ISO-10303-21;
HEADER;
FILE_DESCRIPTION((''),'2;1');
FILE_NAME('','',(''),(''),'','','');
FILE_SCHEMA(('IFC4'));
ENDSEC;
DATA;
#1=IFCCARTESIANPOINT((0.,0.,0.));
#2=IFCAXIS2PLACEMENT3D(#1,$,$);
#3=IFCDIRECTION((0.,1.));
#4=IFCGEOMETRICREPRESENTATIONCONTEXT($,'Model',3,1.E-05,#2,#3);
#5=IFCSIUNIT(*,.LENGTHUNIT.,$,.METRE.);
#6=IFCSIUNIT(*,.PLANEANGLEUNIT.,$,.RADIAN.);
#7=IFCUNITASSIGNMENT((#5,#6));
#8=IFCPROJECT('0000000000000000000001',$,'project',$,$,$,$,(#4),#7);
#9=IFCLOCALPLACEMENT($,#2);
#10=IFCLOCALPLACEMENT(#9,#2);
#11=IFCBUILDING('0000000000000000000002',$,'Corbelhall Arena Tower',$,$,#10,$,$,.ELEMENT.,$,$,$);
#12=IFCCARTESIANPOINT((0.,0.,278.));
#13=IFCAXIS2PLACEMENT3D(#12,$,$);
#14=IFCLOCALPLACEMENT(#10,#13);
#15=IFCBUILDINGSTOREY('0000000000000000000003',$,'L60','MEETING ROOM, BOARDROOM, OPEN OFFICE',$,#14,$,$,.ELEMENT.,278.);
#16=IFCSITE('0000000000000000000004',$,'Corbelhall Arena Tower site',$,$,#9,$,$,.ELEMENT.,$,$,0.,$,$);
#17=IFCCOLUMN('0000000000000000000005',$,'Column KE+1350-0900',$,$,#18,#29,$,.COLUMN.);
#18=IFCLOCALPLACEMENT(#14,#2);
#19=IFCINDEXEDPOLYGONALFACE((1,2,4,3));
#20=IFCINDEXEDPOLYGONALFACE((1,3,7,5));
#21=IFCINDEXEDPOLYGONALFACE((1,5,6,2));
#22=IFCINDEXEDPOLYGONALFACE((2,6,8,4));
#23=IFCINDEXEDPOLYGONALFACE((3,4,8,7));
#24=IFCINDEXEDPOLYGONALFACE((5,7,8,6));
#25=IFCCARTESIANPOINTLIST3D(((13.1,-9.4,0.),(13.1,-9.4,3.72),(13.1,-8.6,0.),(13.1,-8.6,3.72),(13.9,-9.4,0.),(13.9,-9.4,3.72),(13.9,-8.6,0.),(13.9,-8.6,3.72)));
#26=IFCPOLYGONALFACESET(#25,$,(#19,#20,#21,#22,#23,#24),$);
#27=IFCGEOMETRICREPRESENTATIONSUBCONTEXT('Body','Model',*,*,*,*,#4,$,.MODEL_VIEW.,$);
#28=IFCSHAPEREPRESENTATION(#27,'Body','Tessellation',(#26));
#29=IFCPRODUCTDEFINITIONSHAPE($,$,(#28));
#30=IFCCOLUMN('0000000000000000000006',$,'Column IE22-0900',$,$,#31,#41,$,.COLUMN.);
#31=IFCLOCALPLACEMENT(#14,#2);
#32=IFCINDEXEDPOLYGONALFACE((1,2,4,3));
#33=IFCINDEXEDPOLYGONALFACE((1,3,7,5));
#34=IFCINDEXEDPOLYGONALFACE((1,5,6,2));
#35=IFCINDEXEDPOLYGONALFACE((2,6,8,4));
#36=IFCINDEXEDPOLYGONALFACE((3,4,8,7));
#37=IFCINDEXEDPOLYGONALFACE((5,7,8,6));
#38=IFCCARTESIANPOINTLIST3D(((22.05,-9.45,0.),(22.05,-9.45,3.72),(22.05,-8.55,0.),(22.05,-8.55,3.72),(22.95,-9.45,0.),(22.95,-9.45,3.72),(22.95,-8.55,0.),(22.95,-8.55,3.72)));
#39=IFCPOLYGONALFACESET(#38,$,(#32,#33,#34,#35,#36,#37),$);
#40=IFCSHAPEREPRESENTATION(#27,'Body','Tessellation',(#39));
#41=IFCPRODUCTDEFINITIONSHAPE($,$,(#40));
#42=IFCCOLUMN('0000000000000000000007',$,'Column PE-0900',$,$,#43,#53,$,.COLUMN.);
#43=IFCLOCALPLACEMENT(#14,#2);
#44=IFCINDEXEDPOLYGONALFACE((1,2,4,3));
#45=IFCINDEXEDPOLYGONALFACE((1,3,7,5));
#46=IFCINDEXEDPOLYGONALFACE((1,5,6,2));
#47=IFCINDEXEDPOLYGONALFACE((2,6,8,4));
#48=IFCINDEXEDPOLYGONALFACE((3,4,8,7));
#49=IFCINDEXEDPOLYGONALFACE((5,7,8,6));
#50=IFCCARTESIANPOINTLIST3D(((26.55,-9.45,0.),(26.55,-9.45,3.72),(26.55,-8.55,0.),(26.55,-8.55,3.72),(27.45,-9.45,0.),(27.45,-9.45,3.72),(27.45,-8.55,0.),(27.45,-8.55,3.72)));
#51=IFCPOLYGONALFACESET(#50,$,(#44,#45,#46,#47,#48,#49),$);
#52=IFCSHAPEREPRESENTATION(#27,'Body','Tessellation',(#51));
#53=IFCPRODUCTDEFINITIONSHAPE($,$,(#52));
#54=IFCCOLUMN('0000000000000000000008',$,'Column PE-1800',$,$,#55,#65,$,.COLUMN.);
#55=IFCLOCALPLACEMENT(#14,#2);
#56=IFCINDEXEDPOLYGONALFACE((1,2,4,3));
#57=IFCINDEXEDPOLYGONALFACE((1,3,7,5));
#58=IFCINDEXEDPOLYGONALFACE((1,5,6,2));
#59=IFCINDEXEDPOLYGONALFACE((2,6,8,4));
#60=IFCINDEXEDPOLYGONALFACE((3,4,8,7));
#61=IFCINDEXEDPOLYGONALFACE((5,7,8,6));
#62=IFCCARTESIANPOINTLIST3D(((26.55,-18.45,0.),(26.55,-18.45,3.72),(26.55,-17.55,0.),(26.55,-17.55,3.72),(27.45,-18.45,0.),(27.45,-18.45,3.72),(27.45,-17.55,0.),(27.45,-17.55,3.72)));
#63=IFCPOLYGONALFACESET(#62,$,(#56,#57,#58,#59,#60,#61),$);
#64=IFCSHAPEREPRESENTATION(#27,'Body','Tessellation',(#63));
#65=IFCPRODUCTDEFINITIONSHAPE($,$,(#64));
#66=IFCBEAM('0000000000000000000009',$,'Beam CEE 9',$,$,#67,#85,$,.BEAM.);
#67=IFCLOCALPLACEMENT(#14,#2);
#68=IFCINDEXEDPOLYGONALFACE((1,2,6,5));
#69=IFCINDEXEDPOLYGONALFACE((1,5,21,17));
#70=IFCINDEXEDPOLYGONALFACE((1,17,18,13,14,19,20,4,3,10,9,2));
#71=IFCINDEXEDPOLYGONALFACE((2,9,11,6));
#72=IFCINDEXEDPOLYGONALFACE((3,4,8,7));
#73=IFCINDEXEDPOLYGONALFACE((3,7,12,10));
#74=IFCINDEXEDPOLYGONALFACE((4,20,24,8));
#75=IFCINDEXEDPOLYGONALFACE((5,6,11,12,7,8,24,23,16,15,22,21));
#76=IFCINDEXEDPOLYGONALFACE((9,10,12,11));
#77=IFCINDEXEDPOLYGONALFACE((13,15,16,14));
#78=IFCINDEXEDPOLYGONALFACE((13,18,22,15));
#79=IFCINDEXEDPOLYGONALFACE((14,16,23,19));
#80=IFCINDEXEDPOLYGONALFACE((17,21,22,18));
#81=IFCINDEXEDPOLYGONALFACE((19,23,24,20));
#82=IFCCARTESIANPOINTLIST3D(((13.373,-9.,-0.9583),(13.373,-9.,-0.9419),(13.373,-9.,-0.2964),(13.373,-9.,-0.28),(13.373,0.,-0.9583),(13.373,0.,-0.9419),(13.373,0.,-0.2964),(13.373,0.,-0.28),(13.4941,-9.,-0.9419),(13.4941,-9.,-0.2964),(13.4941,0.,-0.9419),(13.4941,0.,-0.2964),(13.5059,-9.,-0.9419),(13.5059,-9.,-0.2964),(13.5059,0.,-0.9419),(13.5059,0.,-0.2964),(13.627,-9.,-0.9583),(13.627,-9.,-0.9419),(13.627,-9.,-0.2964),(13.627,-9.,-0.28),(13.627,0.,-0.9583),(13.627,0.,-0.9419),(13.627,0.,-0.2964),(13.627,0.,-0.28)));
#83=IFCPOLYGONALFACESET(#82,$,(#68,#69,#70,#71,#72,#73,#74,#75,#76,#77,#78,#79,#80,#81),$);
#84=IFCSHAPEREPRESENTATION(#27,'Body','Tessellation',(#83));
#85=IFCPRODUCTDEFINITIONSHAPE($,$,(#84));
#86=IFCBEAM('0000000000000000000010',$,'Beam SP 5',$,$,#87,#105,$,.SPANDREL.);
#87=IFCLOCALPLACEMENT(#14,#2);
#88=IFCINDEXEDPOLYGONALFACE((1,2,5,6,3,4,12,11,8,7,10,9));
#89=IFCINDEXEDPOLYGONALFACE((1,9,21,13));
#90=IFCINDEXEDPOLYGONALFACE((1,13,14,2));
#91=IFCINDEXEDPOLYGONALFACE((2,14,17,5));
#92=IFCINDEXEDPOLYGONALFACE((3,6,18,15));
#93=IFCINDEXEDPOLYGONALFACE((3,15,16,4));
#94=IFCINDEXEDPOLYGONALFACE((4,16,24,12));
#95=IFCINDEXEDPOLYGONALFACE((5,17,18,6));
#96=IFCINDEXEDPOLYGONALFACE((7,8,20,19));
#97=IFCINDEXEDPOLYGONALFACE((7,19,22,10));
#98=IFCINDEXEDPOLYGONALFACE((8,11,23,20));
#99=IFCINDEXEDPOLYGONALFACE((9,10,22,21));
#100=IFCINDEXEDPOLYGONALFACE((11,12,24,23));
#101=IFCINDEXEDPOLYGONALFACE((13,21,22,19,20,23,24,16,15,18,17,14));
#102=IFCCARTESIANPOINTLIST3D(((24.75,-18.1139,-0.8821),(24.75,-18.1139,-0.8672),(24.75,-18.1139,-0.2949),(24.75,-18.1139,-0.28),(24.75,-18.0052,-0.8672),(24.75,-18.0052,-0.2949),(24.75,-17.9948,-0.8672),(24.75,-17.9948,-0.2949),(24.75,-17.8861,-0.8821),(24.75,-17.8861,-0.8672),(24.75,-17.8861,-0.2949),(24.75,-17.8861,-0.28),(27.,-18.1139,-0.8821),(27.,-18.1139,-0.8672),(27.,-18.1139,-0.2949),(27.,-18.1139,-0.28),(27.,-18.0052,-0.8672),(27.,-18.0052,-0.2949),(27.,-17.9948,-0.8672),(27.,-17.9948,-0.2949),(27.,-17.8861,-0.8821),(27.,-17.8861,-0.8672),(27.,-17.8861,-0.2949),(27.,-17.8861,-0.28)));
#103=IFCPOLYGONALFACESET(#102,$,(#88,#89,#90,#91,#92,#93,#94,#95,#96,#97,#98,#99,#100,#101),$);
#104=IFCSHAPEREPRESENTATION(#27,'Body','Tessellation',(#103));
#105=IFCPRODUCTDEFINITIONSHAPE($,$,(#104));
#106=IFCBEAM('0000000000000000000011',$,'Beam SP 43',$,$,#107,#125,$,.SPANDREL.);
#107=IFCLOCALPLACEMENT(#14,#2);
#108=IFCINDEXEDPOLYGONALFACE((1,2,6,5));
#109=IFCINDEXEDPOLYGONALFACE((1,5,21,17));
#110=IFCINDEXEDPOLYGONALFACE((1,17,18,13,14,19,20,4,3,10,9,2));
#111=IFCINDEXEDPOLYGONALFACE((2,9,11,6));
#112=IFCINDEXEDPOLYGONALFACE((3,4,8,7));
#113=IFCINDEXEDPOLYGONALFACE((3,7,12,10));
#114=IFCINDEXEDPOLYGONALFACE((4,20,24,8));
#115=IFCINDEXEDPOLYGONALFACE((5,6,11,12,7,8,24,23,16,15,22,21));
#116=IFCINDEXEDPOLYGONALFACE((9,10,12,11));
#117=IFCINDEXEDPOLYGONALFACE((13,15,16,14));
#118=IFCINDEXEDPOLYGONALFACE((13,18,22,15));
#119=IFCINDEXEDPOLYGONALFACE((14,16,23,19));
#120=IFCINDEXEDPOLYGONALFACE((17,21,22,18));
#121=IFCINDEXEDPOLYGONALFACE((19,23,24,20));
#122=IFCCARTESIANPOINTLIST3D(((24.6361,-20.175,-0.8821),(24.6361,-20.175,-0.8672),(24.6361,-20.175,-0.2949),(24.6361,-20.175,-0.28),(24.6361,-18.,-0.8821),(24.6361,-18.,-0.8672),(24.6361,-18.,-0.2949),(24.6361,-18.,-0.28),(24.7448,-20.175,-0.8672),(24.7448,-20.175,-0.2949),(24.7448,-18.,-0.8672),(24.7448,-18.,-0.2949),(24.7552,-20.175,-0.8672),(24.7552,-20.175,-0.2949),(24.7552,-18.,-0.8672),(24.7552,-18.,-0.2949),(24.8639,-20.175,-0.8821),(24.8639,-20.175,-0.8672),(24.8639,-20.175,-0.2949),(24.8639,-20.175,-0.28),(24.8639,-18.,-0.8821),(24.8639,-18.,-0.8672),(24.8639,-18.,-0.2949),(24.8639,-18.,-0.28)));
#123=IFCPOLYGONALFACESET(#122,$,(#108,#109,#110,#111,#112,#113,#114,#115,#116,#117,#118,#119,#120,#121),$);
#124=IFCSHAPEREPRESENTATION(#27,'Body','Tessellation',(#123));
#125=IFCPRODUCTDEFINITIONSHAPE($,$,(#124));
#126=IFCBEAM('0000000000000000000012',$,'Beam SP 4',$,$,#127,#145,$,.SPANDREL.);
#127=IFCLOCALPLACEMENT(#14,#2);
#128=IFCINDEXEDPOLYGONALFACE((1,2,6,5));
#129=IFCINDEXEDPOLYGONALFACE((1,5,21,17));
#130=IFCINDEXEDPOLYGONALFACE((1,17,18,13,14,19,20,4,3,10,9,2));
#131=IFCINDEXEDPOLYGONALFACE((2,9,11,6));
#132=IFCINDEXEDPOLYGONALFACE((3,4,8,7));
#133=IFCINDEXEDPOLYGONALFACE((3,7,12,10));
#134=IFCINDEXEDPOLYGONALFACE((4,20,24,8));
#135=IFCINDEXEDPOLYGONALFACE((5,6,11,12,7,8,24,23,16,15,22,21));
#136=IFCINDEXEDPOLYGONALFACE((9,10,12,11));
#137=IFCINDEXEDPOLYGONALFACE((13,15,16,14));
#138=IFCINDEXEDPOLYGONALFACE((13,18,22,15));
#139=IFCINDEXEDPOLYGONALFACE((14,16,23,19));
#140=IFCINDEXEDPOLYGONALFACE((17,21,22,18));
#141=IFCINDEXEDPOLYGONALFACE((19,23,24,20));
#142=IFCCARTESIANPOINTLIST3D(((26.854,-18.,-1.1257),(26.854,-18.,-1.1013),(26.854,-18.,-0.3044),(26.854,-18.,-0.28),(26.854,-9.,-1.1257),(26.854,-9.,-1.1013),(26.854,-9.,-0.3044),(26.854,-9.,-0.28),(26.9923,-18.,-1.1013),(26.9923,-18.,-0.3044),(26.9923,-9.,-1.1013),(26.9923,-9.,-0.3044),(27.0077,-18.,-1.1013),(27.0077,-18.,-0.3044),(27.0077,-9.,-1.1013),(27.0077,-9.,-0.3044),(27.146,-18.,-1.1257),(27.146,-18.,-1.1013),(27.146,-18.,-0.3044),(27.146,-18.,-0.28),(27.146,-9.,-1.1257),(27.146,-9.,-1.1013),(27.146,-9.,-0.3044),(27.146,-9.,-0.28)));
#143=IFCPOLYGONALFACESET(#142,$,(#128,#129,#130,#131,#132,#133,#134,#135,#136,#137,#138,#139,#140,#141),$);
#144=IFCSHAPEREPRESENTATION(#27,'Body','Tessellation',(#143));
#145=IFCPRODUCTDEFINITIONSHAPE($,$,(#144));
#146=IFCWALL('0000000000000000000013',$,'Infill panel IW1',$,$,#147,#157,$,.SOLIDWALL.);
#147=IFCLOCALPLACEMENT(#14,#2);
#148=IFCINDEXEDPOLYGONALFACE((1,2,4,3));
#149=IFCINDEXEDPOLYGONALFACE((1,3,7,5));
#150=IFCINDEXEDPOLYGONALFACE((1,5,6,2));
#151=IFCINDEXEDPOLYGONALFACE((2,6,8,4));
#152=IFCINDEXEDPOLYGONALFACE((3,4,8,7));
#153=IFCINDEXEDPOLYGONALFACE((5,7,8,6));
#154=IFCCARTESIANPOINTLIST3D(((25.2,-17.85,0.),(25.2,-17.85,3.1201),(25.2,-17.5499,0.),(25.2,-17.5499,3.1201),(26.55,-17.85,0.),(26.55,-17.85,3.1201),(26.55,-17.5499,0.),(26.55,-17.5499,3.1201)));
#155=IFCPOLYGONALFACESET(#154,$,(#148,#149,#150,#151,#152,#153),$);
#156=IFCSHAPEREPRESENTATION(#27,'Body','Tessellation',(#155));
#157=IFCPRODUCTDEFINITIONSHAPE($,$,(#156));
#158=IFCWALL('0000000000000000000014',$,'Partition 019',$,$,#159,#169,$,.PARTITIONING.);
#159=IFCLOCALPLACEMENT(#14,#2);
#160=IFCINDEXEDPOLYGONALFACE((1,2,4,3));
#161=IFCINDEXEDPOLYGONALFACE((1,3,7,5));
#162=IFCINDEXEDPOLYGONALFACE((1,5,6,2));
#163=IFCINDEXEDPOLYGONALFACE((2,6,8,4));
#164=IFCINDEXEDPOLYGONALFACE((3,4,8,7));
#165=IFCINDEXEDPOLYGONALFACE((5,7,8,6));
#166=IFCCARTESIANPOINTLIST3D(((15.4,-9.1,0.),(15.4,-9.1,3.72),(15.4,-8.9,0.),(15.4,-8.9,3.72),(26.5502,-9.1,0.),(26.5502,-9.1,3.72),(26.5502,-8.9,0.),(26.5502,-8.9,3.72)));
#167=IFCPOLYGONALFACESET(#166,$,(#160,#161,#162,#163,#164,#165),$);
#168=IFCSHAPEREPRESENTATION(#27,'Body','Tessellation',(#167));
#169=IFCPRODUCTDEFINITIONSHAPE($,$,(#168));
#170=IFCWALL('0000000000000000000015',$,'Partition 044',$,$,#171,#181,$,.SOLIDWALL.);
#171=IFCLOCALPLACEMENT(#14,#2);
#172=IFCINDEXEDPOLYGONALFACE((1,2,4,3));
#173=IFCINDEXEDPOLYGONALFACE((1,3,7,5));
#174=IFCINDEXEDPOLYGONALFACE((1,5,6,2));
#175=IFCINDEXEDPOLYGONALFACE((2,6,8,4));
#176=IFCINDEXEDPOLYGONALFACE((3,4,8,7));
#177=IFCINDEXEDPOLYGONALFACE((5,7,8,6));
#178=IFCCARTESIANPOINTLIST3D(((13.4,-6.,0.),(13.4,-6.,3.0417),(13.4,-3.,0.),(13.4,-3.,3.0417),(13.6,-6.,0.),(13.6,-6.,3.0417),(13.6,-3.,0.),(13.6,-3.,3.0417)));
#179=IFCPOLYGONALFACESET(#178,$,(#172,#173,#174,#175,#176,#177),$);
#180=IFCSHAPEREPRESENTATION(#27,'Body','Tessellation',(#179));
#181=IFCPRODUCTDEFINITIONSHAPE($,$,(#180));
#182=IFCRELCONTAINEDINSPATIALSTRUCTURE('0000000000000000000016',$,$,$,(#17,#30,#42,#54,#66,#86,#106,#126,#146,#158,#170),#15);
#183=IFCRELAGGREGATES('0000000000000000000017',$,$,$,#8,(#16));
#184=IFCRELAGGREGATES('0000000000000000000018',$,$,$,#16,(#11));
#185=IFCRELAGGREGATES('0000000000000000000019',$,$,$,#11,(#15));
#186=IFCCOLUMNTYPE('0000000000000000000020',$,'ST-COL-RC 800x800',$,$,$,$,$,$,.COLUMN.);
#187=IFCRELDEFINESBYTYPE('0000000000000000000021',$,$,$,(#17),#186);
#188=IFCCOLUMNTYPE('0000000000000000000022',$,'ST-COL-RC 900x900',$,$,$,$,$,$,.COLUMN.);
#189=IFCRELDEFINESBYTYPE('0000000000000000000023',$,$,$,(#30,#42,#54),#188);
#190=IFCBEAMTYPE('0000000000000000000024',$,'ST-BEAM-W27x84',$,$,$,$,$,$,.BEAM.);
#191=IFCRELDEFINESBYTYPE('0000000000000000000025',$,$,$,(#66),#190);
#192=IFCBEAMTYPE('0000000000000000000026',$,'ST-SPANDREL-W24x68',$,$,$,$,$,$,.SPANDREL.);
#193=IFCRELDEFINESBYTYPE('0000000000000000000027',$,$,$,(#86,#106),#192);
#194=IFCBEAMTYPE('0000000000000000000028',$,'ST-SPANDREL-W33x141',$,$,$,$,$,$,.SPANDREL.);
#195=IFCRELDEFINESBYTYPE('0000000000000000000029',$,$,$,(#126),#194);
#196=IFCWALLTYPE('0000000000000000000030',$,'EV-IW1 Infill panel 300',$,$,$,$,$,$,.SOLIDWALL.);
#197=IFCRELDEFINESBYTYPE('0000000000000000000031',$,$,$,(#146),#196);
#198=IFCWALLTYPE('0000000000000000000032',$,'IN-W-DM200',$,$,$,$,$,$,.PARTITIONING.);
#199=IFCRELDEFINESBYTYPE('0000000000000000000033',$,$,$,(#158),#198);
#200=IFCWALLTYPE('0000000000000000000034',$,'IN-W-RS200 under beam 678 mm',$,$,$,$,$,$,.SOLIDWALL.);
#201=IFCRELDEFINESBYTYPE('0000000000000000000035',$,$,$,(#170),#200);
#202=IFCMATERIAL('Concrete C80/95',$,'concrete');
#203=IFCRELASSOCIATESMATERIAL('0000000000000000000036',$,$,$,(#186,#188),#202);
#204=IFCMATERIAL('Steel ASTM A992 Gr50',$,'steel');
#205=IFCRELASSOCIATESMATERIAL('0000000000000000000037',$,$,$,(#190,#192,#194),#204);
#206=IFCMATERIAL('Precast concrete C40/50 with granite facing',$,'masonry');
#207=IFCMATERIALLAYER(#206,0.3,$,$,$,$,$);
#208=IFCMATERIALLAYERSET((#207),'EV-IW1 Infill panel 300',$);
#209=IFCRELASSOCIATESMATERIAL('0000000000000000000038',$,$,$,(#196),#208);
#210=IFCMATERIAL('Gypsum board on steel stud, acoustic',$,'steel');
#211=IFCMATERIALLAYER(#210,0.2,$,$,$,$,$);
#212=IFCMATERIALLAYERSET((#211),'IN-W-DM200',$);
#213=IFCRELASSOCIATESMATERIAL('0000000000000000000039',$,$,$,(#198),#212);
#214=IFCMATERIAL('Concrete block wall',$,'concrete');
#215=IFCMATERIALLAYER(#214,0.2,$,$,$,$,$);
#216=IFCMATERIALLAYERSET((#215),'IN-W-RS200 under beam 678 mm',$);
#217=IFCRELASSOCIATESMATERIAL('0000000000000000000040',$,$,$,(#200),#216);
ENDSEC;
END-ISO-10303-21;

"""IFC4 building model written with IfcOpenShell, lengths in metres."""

from ifc_helpers import new_model, si_unit, direction, frame, frame_2d, origin, origin_2d, place, context, subcontext, project, spatial, rectangle, i_section, extrude, material, layer, layer_set, material_profile, profile_set, type_object, element, save


model = new_model("IFC4")

# Units and contexts
model_context = context("Model", 3, precision=1e-05, world=origin(), true_north=direction((0.0, 1.0)))
body_context = subcontext(model_context, "Body", "Model", "MODEL_VIEW")
ifc_project = project(units=[si_unit("LENGTHUNIT", "METRE"), si_unit("PLANEANGLEUNIT", "RADIAN")], contexts=[model_context])

# Site, building, storey
site_placement = place(None, origin())
site = spatial("IfcSite", under=ifc_project, at=site_placement, Name="Corbelhall Arena Tower site", CompositionType="ELEMENT", RefElevation=0.0)
building_placement = place(site_placement, origin())
building = spatial("IfcBuilding", under=site, at=building_placement, Name="Corbelhall Arena Tower", CompositionType="ELEMENT")
storey_placement = place(building_placement, frame((0.0, 0.0, 278.0)))
storey = spatial("IfcBuildingStorey", under=building, at=storey_placement, Name="L60", Description="MEETING ROOM, BOARDROOM, OPEN OFFICE", CompositionType="ELEMENT", Elevation=278.0)

# Columns
ifc_material_1 = material(Name="Concrete C80/95", Category="concrete")
ifc_material_profile_1 = material_profile(ifc_material_1, rectangle(XDim=0.8, YDim=0.8, at=origin_2d()))
ifc_profile_set_1 = profile_set([ifc_material_profile_1], Name="Concrete C80/95")
column_type_1 = type_object("IfcColumnType", Name="ST-COL-RC 800x800", PredefinedType="COLUMN", material=ifc_profile_set_1)
column_placement = place(storey_placement, frame((13.5, -9.0, 0.0), z_axis=(0.0, 0.0, 1.0), x_axis=(1.0, 0.0, 0.0)))
element("IfcColumn", 1, at=column_placement, inside=storey, type_object=column_type_1, Name="Column KE+1350-0900", PredefinedType="COLUMN", context=body_context, shape_type="SweptSolid", body=[
    extrude(rectangle(XDim=0.8, YDim=0.8, at=origin_2d()), origin(), (0.0, 0.0, 1.0), 3.72),
])
ifc_material_profile_2 = material_profile(ifc_material_1, rectangle(XDim=0.8999, YDim=0.8999, at=origin_2d()))
ifc_profile_set_2 = profile_set([ifc_material_profile_2], Name="Concrete C80/95")
column_type_2 = type_object("IfcColumnType", Name="ST-COL-RC 900x900", PredefinedType="COLUMN", material=ifc_profile_set_2)
for number, where, z_axis, x_axis, name in (
    (2, (22.5, -9.0, 0.0), (0.0, 0.0, 1.0), (1.0, 0.0, 0.0), "Column IE22-0900"),
    (3, (27.0, -9.0, 0.0), (0.0, 0.0, 1.0), (0.0, 1.0, 0.0), "Column PE-0900"),
    (4, (27.0, -18.0, 0.0), (0.0, 0.0, 1.0), (0.0, 1.0, 0.0), "Column PE-1800"),
):
    element("IfcColumn", number, at=place(storey_placement, frame(where, z_axis=z_axis, x_axis=x_axis)), inside=storey, type_object=column_type_2, Name=name, PredefinedType="COLUMN", context=body_context, shape_type="SweptSolid", body=[
        extrude(rectangle(XDim=0.8999, YDim=0.8999, at=origin_2d()), origin(), (0.0, 0.0, 1.0), 3.72),
    ])

# Beams
ifc_material_2 = material(Name="Steel ASTM A992 Gr50", Category="steel")
ifc_material_profile_3 = material_profile(ifc_material_2, i_section(OverallWidth=0.2539, OverallDepth=0.6782, WebThickness=0.0117, FlangeThickness=0.0164, at=origin_2d()))
ifc_profile_set_3 = profile_set([ifc_material_profile_3], Name="Steel ASTM A992 Gr50")
beam_type_1 = type_object("IfcBeamType", Name="ST-BEAM-W27x84", PredefinedType="BEAM", material=ifc_profile_set_3)
beam_1_placement = place(storey_placement, frame((13.5, -9.0, -0.6191), z_axis=(0.0, 1.0, 0.0), x_axis=(-1.0, 0.0, 0.0)))
element("IfcBeam", 5, at=beam_1_placement, inside=storey, type_object=beam_type_1, Name="Beam CEE 9", PredefinedType="BEAM", context=body_context, shape_type="SweptSolid", body=[
    extrude(i_section(OverallWidth=0.2539, OverallDepth=0.6782, WebThickness=0.0117, FlangeThickness=0.0164, at=origin_2d()), origin(), (0.0, 0.0, 1.0), 9.0),
])
ifc_material_profile_4 = material_profile(ifc_material_2, i_section(OverallWidth=0.2278, OverallDepth=0.6021, WebThickness=0.0105, FlangeThickness=0.0149, at=origin_2d()))
ifc_profile_set_4 = profile_set([ifc_material_profile_4], Name="Steel ASTM A992 Gr50")
beam_type_2 = type_object("IfcBeamType", Name="ST-SPANDREL-W24x68", PredefinedType="SPANDREL", material=ifc_profile_set_4)
beam_2_placement = place(storey_placement, frame((27.0, -18.0, -0.5811), z_axis=(-1.0, 0.0, 0.0), x_axis=(0.0, -1.0, 0.0)))
element("IfcBeam", 6, at=beam_2_placement, inside=storey, type_object=beam_type_2, Name="Beam SP 5", PredefinedType="SPANDREL", context=body_context, shape_type="SweptSolid", body=[
    extrude(i_section(OverallWidth=0.2278, OverallDepth=0.6021, WebThickness=0.0105, FlangeThickness=0.0149, at=origin_2d()), origin(), (0.0, 0.0, 1.0), 2.25),
])
beam_3_placement = place(storey_placement, frame((24.75, -18.0, -0.5811), z_axis=(0.0, -1.0, 0.0), x_axis=(1.0, 0.0, 0.0)))
element("IfcBeam", 7, at=beam_3_placement, inside=storey, type_object=beam_type_2, Name="Beam SP 43", PredefinedType="SPANDREL", context=body_context, shape_type="SweptSolid", body=[
    extrude(i_section(OverallWidth=0.2278, OverallDepth=0.6021, WebThickness=0.0105, FlangeThickness=0.0149, at=origin_2d()), origin(), (0.0, 0.0, 1.0), 2.175),
])
ifc_material_profile_5 = material_profile(ifc_material_2, i_section(OverallWidth=0.292, OverallDepth=0.8457, WebThickness=0.0154, FlangeThickness=0.0244, at=origin_2d()))
ifc_profile_set_5 = profile_set([ifc_material_profile_5], Name="Steel ASTM A992 Gr50")
beam_type_3 = type_object("IfcBeamType", Name="ST-SPANDREL-W33x141", PredefinedType="SPANDREL", material=ifc_profile_set_5)
beam_4_placement = place(storey_placement, frame((27.0, -9.0, -0.7029), z_axis=(0.0, -1.0, 0.0), x_axis=(1.0, 0.0, 0.0)))
element("IfcBeam", 8, at=beam_4_placement, inside=storey, type_object=beam_type_3, Name="Beam SP 4", PredefinedType="SPANDREL", context=body_context, shape_type="SweptSolid", body=[
    extrude(i_section(OverallWidth=0.292, OverallDepth=0.8457, WebThickness=0.0154, FlangeThickness=0.0244, at=origin_2d()), origin(), (0.0, 0.0, 1.0), 9.0),
])

# Wall
ifc_material_3 = material(Name="Precast concrete C40/50 with granite facing", Category="masonry")
ifc_layer_1 = layer(ifc_material_3, 0.3)
ifc_layer_set_1 = layer_set([ifc_layer_1], Name="EV-IW1 Infill panel 300")
wall_type_1 = type_object("IfcWallType", Name="EV-IW1 Infill panel 300", PredefinedType="SOLIDWALL", material=ifc_layer_set_1)
wall_1_placement = place(storey_placement, frame((25.2, -17.7, 0.0), z_axis=(0.0, 0.0, 1.0), x_axis=(1.0, 0.0, 0.0)))
element("IfcWall", 9, at=wall_1_placement, inside=storey, type_object=wall_type_1, Name="Infill panel IW1", PredefinedType="SOLIDWALL", context=body_context, shape_type="SweptSolid", body=[
    extrude(rectangle(XDim=1.3501, YDim=0.3, at=frame_2d((0.675, 0.0))), origin(), (0.0, 0.0, 1.0), 3.1201),
])

# Wall
ifc_material_4 = material(Name="Gypsum board on steel stud, acoustic", Category="steel")
ifc_layer_2 = layer(ifc_material_4, 0.2)
ifc_layer_set_2 = layer_set([ifc_layer_2], Name="IN-W-DM200")
wall_type_2 = type_object("IfcWallType", Name="IN-W-DM200", PredefinedType="PARTITIONING", material=ifc_layer_set_2)
wall_2_placement = place(storey_placement, frame((15.3999, -9.0, 0.0), z_axis=(0.0, 0.0, 1.0), x_axis=(1.0, 0.0, 0.0)))
element("IfcWall", 10, at=wall_2_placement, inside=storey, type_object=wall_type_2, Name="Partition 019", PredefinedType="PARTITIONING", context=body_context, shape_type="SweptSolid", body=[
    extrude(rectangle(XDim=11.1501, YDim=0.2, at=frame_2d((5.5752, 0.0))), origin(), (0.0, 0.0, 1.0), 3.72),
])

# Wall
ifc_material_5 = material(Name="Concrete block wall", Category="concrete")
ifc_layer_3 = layer(ifc_material_5, 0.2)
ifc_layer_set_3 = layer_set([ifc_layer_3], Name="IN-W-RS200 under beam 678 mm")
wall_type_3 = type_object("IfcWallType", Name="IN-W-RS200 under beam 678 mm", PredefinedType="SOLIDWALL", material=ifc_layer_set_3)
wall_3_placement = place(storey_placement, frame((13.5, -3.0, 0.0), z_axis=(0.0, 0.0, 1.0), x_axis=(0.0, -1.0, 0.0)))
element("IfcWall", 11, at=wall_3_placement, inside=storey, type_object=wall_type_3, Name="Partition 044", PredefinedType="SOLIDWALL", context=body_context, shape_type="SweptSolid", body=[
    extrude(rectangle(XDim=3.0, YDim=0.2, at=frame_2d((1.5, 0.0))), origin(), (0.0, 0.0, 1.0), 3.0417),
])

save(model, "model.ifc")
